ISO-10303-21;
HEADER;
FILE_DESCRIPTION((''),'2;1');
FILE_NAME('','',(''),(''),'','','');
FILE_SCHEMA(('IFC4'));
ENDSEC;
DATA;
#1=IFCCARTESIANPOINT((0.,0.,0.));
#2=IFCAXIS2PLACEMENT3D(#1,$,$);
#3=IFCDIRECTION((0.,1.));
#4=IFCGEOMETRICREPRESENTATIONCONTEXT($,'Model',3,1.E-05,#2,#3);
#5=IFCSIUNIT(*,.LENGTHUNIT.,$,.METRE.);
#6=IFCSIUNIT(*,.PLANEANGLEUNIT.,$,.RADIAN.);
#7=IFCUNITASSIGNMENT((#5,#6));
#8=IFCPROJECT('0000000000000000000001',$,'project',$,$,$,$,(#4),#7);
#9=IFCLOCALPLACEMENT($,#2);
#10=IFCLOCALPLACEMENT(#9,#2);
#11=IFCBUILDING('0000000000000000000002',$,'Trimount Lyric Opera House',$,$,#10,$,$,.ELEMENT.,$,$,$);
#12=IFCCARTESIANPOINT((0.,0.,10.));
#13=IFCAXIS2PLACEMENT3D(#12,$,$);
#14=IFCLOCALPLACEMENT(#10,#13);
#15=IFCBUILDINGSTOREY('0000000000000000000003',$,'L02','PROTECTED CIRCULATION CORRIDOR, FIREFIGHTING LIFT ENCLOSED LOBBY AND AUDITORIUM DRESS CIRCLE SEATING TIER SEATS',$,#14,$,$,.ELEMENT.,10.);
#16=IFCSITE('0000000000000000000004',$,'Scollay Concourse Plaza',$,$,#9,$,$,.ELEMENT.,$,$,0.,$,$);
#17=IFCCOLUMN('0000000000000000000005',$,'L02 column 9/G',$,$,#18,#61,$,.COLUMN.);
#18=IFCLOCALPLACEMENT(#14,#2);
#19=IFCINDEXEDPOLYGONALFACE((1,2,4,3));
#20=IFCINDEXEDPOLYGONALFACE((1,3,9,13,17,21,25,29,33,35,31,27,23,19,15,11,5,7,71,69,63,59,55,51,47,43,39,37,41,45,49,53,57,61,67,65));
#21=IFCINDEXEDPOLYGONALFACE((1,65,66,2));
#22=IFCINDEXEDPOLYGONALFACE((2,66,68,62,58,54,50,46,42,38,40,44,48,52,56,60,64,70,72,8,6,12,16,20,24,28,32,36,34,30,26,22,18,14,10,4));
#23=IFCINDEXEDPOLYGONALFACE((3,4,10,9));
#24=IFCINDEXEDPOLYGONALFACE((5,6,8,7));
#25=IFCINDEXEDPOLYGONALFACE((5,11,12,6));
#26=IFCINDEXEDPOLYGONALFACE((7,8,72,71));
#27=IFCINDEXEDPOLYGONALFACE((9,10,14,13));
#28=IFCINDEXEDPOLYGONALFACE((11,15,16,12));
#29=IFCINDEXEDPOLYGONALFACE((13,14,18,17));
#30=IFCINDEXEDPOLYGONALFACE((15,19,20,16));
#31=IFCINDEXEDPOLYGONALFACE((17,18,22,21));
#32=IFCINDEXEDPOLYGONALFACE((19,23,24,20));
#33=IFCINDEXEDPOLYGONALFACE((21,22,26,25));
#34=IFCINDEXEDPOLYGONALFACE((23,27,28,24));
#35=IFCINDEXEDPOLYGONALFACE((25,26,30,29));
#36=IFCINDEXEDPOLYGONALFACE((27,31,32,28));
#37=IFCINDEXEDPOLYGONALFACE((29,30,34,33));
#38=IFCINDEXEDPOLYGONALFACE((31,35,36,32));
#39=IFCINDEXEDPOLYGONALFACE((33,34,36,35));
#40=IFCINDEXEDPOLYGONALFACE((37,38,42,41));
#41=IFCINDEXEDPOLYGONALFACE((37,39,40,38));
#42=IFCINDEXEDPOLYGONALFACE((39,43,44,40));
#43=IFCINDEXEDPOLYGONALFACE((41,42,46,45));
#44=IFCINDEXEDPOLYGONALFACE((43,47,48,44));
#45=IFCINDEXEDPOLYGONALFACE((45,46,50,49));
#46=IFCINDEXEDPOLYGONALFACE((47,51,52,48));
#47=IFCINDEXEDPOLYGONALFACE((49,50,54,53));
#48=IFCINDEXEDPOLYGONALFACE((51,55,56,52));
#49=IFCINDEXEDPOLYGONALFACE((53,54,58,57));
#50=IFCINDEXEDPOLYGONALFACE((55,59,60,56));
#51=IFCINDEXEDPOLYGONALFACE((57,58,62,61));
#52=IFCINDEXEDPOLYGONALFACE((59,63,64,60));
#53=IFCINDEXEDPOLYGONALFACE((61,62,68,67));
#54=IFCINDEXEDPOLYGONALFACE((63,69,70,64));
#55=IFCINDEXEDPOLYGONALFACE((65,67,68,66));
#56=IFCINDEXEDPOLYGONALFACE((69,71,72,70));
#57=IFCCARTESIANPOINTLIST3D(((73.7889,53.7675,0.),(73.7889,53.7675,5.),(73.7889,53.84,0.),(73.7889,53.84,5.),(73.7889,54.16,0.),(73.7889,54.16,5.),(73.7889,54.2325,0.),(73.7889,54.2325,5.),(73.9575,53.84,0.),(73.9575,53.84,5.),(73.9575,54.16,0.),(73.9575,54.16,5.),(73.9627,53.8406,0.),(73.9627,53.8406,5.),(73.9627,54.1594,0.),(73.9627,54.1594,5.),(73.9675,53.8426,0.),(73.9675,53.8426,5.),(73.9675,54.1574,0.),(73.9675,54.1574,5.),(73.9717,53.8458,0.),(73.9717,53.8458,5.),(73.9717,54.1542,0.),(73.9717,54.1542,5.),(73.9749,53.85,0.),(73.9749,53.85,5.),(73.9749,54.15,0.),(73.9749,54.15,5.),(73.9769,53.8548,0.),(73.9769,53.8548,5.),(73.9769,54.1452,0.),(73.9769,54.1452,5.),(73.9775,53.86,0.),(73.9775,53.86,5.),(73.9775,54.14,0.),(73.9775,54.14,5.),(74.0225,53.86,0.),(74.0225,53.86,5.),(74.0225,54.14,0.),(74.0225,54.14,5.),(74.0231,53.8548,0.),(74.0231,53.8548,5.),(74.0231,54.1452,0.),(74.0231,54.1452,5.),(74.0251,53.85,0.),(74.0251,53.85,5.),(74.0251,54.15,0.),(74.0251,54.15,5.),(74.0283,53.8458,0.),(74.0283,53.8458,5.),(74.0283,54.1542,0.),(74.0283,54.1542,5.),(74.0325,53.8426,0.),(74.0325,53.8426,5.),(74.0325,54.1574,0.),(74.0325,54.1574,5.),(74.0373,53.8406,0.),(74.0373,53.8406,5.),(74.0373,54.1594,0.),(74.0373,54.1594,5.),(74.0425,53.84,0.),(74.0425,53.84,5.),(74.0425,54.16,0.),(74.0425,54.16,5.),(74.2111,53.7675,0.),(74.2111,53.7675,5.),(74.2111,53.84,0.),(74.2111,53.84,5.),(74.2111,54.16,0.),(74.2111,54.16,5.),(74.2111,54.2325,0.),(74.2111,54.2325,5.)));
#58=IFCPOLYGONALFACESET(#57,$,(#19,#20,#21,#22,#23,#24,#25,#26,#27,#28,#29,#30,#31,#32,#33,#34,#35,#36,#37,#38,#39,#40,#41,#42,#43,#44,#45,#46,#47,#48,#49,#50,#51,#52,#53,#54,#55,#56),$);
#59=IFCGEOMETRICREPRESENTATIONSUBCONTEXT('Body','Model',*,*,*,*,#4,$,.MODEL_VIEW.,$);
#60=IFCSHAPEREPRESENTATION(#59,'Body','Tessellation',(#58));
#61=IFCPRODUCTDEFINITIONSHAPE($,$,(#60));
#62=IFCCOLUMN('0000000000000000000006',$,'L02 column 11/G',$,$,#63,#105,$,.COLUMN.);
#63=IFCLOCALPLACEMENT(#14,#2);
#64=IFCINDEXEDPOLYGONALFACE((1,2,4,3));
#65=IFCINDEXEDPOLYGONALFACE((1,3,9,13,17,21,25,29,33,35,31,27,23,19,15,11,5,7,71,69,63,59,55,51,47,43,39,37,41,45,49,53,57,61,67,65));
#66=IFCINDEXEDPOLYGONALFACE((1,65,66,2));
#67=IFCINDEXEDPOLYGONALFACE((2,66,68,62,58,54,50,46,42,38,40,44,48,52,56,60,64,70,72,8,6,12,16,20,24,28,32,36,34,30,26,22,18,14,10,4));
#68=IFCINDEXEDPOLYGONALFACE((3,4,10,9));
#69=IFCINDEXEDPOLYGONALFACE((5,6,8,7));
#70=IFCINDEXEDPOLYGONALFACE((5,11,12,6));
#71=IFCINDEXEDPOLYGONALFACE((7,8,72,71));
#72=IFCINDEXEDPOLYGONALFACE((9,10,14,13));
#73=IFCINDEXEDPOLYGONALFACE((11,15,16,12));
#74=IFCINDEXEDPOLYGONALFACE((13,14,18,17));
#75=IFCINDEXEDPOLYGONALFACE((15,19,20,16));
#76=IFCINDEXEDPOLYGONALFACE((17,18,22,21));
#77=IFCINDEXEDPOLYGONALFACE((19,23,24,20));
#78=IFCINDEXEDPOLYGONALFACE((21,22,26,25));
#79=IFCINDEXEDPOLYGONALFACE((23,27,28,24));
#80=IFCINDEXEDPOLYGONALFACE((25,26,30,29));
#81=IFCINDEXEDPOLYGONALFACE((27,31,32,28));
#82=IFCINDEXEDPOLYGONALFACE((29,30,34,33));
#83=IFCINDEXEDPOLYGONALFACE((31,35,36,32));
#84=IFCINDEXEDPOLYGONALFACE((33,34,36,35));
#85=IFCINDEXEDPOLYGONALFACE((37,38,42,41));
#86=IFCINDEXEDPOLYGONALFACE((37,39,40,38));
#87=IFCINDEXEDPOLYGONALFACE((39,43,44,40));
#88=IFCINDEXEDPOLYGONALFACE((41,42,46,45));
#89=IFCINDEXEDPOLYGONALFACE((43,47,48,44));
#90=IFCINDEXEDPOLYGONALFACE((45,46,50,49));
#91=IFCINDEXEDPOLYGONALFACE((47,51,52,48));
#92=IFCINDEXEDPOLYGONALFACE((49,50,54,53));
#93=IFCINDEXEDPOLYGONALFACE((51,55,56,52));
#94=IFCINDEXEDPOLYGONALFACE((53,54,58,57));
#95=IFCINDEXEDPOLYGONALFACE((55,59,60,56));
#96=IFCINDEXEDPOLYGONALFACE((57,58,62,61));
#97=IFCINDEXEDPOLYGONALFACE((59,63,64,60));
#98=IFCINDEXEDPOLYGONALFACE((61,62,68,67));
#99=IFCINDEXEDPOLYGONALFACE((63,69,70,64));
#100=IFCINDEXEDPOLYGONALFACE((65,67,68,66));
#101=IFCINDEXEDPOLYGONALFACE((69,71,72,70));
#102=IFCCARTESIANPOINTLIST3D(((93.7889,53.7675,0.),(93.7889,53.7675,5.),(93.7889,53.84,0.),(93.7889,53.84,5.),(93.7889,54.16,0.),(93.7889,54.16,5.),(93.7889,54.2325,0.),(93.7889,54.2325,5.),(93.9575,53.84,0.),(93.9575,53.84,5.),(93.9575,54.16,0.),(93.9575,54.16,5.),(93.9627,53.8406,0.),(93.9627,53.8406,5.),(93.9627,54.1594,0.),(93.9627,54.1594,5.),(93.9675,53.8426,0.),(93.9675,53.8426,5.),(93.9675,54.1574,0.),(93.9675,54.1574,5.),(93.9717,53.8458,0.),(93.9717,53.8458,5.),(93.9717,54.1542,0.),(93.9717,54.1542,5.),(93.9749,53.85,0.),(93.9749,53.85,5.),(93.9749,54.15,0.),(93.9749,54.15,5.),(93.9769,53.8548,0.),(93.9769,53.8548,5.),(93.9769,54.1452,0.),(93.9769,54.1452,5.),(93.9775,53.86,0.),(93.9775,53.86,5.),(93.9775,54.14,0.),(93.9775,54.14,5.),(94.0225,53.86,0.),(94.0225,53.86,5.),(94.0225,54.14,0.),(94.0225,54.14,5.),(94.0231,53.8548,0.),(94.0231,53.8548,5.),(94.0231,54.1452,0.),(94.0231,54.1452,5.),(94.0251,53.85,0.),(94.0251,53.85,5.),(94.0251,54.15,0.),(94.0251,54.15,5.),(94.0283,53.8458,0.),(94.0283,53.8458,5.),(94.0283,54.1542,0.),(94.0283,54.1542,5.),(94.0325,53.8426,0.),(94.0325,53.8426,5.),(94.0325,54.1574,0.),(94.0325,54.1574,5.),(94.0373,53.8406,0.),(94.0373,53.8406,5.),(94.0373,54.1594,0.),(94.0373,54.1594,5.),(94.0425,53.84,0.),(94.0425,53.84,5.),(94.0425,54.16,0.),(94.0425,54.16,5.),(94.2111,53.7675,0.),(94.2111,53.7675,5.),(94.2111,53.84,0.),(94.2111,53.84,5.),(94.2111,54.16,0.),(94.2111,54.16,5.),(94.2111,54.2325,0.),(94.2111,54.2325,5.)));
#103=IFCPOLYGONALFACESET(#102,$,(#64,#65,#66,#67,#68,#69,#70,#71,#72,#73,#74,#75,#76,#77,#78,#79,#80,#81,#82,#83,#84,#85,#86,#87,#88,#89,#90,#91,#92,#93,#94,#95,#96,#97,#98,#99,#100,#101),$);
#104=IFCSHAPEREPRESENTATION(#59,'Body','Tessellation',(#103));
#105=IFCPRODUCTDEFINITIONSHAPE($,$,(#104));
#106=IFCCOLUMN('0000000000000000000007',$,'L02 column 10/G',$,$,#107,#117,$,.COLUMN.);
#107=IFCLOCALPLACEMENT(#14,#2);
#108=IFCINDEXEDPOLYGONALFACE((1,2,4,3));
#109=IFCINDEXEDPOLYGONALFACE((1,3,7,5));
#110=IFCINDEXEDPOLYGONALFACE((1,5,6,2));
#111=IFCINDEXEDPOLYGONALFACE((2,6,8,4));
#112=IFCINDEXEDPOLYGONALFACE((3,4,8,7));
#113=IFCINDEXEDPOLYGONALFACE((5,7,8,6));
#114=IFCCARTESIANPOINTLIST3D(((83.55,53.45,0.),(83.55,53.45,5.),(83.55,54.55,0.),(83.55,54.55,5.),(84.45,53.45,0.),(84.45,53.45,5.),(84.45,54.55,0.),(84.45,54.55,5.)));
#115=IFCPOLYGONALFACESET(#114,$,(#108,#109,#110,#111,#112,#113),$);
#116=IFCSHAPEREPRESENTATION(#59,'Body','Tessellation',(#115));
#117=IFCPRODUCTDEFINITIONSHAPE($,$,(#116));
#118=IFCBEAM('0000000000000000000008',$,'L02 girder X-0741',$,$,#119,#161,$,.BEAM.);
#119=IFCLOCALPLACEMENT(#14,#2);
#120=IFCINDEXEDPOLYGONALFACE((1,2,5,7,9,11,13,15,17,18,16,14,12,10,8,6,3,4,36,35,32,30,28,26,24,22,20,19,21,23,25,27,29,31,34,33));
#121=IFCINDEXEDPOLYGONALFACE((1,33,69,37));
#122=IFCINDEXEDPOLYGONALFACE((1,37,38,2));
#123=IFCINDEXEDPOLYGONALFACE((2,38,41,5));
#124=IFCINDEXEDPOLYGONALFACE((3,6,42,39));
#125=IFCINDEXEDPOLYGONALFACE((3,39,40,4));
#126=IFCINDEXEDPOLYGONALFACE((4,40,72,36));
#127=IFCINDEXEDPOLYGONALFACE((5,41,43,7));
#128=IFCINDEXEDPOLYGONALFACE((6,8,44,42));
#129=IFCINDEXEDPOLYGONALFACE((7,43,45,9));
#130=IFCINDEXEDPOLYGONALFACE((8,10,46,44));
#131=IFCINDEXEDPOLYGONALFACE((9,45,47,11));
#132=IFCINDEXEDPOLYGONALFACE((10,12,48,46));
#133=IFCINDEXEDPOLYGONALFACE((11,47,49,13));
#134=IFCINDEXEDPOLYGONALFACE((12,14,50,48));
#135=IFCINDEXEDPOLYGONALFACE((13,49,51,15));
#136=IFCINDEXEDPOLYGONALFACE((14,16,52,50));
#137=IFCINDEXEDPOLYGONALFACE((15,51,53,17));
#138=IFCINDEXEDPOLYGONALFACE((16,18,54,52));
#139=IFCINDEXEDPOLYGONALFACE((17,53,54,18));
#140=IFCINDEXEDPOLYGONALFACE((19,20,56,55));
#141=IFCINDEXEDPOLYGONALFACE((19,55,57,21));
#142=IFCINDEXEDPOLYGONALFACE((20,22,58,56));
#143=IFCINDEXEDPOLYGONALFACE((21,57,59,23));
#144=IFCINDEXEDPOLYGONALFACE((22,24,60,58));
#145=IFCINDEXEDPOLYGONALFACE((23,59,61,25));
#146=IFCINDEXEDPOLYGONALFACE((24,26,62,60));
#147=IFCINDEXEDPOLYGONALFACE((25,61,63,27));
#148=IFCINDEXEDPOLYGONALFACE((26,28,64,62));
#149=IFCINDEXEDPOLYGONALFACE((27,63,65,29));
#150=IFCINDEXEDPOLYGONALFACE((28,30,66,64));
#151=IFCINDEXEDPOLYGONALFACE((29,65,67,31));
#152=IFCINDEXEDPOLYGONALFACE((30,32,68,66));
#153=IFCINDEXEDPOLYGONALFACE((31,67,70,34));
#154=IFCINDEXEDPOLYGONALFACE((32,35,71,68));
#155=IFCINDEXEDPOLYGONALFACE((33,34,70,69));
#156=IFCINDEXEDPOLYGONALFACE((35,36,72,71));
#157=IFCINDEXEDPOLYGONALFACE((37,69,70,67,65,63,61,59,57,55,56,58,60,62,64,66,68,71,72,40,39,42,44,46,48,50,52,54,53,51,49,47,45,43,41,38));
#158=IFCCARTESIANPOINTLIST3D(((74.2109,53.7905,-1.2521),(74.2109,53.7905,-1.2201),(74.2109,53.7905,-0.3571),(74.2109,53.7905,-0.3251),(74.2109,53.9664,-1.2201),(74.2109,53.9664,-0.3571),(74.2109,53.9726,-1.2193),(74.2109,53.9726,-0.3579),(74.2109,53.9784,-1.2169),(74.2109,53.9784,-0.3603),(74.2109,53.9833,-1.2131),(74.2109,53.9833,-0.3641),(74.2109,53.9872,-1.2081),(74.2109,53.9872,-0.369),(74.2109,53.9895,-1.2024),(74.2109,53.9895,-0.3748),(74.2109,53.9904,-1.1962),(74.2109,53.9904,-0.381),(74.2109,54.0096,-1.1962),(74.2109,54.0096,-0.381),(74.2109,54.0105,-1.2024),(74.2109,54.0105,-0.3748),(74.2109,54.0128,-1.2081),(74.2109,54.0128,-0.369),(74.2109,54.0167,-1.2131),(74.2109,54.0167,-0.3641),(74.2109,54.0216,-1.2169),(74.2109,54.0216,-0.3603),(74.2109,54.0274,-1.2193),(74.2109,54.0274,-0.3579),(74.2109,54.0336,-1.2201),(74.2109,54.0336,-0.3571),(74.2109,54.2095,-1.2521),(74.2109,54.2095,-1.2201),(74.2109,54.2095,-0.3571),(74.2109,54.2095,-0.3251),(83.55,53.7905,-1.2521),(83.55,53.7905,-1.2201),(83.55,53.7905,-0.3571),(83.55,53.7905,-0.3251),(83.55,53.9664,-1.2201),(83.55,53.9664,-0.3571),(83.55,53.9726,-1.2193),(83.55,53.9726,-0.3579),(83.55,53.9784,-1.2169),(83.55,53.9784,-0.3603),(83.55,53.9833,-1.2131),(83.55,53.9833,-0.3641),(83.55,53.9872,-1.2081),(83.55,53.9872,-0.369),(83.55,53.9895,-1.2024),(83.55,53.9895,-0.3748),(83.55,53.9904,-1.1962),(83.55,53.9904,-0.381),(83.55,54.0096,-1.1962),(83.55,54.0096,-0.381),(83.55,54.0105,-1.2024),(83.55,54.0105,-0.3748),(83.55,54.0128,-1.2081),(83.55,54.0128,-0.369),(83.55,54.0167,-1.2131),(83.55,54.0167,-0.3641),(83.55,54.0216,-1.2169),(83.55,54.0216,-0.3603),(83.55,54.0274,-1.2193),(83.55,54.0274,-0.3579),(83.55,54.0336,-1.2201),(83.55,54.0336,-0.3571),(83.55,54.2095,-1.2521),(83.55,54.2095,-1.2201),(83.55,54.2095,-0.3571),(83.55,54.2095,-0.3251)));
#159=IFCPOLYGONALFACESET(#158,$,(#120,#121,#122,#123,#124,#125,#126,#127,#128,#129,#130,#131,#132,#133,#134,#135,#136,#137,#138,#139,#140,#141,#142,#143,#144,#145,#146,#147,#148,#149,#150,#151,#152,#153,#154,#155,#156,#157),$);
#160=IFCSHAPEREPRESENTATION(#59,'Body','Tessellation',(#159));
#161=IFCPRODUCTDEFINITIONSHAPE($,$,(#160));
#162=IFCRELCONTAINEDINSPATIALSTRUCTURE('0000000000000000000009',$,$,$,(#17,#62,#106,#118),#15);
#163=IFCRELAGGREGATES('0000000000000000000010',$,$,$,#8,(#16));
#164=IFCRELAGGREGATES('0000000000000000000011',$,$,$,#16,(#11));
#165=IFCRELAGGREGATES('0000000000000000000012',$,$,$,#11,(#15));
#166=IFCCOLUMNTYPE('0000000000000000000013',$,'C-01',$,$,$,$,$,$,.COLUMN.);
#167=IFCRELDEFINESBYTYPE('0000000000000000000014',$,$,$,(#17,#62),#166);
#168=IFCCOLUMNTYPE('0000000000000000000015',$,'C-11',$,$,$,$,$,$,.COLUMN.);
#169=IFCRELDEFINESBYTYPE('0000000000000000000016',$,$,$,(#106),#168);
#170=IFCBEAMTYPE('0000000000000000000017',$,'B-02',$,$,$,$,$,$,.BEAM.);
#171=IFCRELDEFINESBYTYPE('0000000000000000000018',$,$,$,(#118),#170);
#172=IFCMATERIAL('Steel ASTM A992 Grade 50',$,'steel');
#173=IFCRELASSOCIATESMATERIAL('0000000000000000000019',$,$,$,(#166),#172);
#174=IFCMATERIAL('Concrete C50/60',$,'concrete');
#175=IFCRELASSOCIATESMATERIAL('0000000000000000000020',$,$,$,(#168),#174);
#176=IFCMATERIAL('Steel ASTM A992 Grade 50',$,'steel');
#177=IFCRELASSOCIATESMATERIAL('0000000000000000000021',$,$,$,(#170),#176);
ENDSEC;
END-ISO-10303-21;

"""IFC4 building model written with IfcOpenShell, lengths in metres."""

from ifc_helpers import new_model, si_unit, direction, frame, origin, origin_2d, place, context, subcontext, project, spatial, rectangle, i_section, extrude, material, material_profile, profile_set, type_object, element, save


model = new_model("IFC4")

# Units and contexts
model_context = context("Model", 3, precision=1e-05, world=origin(), true_north=direction((0.0, 1.0)))
body_context = subcontext(model_context, "Body", "Model", "MODEL_VIEW")
ifc_project = project(units=[si_unit("LENGTHUNIT", "METRE"), si_unit("PLANEANGLEUNIT", "RADIAN")], contexts=[model_context])

# Site, building, storey
site_placement = place(None, origin())
site = spatial("IfcSite", under=ifc_project, at=site_placement, Name="Scollay Concourse Plaza", CompositionType="ELEMENT", RefElevation=0.0)
building_placement = place(site_placement, origin())
building = spatial("IfcBuilding", under=site, at=building_placement, Name="Trimount Lyric Opera House", CompositionType="ELEMENT")
storey_placement = place(building_placement, frame((0.0, 0.0, 10.0)))
storey = spatial("IfcBuildingStorey", under=building, at=storey_placement, Name="L02", Description="PROTECTED CIRCULATION CORRIDOR, FIREFIGHTING LIFT ENCLOSED LOBBY AND AUDITORIUM DRESS CIRCLE SEATING TIER SEATS", CompositionType="ELEMENT", Elevation=10.0)

# Columns
ifc_material_1 = material(Name="Steel ASTM A992 Grade 50", Category="steel")
ifc_material_profile_1 = material_profile(ifc_material_1, i_section(OverallWidth=0.4221, OverallDepth=0.4651, WebThickness=0.0449, FlangeThickness=0.0725, FilletRadius=0.02, at=origin_2d()), Name="W14X398")
ifc_profile_set_1 = profile_set([ifc_material_profile_1], Name="Steel ASTM A992 Grade 50")
column_type_1 = type_object("IfcColumnType", Name="C-01", PredefinedType="COLUMN", material=ifc_profile_set_1)
for number, where, z_axis, x_axis, name in (
    (1, (74.0, 54.0, 0.0), (0.0, 0.0, 1.0), (1.0, 0.0, 0.0), "L02 column 9/G"),
    (2, (94.0, 54.0, 0.0), (0.0, 0.0, 1.0), (1.0, 0.0, 0.0), "L02 column 11/G"),
):
    element("IfcColumn", number, at=place(storey_placement, frame(where, z_axis=z_axis, x_axis=x_axis)), inside=storey, type_object=column_type_1, Name=name, PredefinedType="COLUMN", context=body_context, shape_type="SweptSolid", body=[
        extrude(i_section(OverallWidth=0.4221, OverallDepth=0.4651, WebThickness=0.0449, FlangeThickness=0.0725, FilletRadius=0.02, at=origin_2d()), origin(), (0.0, 0.0, 1.0), 5.0),
    ])
ifc_material_2 = material(Name="Concrete C50/60", Category="concrete")
ifc_material_profile_2 = material_profile(ifc_material_2, rectangle(XDim=0.8999, YDim=1.1001, at=origin_2d()), Name="RC1100X900")
ifc_profile_set_2 = profile_set([ifc_material_profile_2], Name="Concrete C50/60")
column_type_2 = type_object("IfcColumnType", Name="C-11", PredefinedType="COLUMN", material=ifc_profile_set_2)
column_placement = place(storey_placement, frame((84.0, 54.0, 0.0), z_axis=(0.0, 0.0, 1.0), x_axis=(1.0, 0.0, 0.0)))
element("IfcColumn", 3, at=column_placement, inside=storey, type_object=column_type_2, Name="L02 column 10/G", PredefinedType="COLUMN", context=body_context, shape_type="SweptSolid", body=[
    extrude(rectangle(XDim=0.8999, YDim=1.1001, at=origin_2d()), origin(), (0.0, 0.0, 1.0), 5.0),
])

# Beam
ifc_material_3 = material(Name="Steel ASTM A992 Grade 50", Category="steel")
ifc_material_profile_3 = material_profile(ifc_material_3, i_section(OverallWidth=0.4189, OverallDepth=0.927, WebThickness=0.0193, FlangeThickness=0.032, FilletRadius=0.0239, at=origin_2d()), Name="W36X231")
ifc_profile_set_3 = profile_set([ifc_material_profile_3], Name="Steel ASTM A992 Grade 50")
beam_type_1 = type_object("IfcBeamType", Name="B-02", PredefinedType="BEAM", material=ifc_profile_set_3)
beam_1_placement = place(storey_placement, frame((74.2109, 54.0, -0.7886), z_axis=(1.0, 0.0, 0.0), x_axis=(0.0, 1.0, 0.0)))
element("IfcBeam", 4, at=beam_1_placement, inside=storey, type_object=beam_type_1, Name="L02 girder X-0741", PredefinedType="BEAM", context=body_context, shape_type="SweptSolid", body=[
    extrude(i_section(OverallWidth=0.4189, OverallDepth=0.927, WebThickness=0.0193, FlangeThickness=0.032, FilletRadius=0.0239, at=origin_2d()), origin(), (0.0, 0.0, 1.0), 9.3391),
])

save(model, "model.ifc")
